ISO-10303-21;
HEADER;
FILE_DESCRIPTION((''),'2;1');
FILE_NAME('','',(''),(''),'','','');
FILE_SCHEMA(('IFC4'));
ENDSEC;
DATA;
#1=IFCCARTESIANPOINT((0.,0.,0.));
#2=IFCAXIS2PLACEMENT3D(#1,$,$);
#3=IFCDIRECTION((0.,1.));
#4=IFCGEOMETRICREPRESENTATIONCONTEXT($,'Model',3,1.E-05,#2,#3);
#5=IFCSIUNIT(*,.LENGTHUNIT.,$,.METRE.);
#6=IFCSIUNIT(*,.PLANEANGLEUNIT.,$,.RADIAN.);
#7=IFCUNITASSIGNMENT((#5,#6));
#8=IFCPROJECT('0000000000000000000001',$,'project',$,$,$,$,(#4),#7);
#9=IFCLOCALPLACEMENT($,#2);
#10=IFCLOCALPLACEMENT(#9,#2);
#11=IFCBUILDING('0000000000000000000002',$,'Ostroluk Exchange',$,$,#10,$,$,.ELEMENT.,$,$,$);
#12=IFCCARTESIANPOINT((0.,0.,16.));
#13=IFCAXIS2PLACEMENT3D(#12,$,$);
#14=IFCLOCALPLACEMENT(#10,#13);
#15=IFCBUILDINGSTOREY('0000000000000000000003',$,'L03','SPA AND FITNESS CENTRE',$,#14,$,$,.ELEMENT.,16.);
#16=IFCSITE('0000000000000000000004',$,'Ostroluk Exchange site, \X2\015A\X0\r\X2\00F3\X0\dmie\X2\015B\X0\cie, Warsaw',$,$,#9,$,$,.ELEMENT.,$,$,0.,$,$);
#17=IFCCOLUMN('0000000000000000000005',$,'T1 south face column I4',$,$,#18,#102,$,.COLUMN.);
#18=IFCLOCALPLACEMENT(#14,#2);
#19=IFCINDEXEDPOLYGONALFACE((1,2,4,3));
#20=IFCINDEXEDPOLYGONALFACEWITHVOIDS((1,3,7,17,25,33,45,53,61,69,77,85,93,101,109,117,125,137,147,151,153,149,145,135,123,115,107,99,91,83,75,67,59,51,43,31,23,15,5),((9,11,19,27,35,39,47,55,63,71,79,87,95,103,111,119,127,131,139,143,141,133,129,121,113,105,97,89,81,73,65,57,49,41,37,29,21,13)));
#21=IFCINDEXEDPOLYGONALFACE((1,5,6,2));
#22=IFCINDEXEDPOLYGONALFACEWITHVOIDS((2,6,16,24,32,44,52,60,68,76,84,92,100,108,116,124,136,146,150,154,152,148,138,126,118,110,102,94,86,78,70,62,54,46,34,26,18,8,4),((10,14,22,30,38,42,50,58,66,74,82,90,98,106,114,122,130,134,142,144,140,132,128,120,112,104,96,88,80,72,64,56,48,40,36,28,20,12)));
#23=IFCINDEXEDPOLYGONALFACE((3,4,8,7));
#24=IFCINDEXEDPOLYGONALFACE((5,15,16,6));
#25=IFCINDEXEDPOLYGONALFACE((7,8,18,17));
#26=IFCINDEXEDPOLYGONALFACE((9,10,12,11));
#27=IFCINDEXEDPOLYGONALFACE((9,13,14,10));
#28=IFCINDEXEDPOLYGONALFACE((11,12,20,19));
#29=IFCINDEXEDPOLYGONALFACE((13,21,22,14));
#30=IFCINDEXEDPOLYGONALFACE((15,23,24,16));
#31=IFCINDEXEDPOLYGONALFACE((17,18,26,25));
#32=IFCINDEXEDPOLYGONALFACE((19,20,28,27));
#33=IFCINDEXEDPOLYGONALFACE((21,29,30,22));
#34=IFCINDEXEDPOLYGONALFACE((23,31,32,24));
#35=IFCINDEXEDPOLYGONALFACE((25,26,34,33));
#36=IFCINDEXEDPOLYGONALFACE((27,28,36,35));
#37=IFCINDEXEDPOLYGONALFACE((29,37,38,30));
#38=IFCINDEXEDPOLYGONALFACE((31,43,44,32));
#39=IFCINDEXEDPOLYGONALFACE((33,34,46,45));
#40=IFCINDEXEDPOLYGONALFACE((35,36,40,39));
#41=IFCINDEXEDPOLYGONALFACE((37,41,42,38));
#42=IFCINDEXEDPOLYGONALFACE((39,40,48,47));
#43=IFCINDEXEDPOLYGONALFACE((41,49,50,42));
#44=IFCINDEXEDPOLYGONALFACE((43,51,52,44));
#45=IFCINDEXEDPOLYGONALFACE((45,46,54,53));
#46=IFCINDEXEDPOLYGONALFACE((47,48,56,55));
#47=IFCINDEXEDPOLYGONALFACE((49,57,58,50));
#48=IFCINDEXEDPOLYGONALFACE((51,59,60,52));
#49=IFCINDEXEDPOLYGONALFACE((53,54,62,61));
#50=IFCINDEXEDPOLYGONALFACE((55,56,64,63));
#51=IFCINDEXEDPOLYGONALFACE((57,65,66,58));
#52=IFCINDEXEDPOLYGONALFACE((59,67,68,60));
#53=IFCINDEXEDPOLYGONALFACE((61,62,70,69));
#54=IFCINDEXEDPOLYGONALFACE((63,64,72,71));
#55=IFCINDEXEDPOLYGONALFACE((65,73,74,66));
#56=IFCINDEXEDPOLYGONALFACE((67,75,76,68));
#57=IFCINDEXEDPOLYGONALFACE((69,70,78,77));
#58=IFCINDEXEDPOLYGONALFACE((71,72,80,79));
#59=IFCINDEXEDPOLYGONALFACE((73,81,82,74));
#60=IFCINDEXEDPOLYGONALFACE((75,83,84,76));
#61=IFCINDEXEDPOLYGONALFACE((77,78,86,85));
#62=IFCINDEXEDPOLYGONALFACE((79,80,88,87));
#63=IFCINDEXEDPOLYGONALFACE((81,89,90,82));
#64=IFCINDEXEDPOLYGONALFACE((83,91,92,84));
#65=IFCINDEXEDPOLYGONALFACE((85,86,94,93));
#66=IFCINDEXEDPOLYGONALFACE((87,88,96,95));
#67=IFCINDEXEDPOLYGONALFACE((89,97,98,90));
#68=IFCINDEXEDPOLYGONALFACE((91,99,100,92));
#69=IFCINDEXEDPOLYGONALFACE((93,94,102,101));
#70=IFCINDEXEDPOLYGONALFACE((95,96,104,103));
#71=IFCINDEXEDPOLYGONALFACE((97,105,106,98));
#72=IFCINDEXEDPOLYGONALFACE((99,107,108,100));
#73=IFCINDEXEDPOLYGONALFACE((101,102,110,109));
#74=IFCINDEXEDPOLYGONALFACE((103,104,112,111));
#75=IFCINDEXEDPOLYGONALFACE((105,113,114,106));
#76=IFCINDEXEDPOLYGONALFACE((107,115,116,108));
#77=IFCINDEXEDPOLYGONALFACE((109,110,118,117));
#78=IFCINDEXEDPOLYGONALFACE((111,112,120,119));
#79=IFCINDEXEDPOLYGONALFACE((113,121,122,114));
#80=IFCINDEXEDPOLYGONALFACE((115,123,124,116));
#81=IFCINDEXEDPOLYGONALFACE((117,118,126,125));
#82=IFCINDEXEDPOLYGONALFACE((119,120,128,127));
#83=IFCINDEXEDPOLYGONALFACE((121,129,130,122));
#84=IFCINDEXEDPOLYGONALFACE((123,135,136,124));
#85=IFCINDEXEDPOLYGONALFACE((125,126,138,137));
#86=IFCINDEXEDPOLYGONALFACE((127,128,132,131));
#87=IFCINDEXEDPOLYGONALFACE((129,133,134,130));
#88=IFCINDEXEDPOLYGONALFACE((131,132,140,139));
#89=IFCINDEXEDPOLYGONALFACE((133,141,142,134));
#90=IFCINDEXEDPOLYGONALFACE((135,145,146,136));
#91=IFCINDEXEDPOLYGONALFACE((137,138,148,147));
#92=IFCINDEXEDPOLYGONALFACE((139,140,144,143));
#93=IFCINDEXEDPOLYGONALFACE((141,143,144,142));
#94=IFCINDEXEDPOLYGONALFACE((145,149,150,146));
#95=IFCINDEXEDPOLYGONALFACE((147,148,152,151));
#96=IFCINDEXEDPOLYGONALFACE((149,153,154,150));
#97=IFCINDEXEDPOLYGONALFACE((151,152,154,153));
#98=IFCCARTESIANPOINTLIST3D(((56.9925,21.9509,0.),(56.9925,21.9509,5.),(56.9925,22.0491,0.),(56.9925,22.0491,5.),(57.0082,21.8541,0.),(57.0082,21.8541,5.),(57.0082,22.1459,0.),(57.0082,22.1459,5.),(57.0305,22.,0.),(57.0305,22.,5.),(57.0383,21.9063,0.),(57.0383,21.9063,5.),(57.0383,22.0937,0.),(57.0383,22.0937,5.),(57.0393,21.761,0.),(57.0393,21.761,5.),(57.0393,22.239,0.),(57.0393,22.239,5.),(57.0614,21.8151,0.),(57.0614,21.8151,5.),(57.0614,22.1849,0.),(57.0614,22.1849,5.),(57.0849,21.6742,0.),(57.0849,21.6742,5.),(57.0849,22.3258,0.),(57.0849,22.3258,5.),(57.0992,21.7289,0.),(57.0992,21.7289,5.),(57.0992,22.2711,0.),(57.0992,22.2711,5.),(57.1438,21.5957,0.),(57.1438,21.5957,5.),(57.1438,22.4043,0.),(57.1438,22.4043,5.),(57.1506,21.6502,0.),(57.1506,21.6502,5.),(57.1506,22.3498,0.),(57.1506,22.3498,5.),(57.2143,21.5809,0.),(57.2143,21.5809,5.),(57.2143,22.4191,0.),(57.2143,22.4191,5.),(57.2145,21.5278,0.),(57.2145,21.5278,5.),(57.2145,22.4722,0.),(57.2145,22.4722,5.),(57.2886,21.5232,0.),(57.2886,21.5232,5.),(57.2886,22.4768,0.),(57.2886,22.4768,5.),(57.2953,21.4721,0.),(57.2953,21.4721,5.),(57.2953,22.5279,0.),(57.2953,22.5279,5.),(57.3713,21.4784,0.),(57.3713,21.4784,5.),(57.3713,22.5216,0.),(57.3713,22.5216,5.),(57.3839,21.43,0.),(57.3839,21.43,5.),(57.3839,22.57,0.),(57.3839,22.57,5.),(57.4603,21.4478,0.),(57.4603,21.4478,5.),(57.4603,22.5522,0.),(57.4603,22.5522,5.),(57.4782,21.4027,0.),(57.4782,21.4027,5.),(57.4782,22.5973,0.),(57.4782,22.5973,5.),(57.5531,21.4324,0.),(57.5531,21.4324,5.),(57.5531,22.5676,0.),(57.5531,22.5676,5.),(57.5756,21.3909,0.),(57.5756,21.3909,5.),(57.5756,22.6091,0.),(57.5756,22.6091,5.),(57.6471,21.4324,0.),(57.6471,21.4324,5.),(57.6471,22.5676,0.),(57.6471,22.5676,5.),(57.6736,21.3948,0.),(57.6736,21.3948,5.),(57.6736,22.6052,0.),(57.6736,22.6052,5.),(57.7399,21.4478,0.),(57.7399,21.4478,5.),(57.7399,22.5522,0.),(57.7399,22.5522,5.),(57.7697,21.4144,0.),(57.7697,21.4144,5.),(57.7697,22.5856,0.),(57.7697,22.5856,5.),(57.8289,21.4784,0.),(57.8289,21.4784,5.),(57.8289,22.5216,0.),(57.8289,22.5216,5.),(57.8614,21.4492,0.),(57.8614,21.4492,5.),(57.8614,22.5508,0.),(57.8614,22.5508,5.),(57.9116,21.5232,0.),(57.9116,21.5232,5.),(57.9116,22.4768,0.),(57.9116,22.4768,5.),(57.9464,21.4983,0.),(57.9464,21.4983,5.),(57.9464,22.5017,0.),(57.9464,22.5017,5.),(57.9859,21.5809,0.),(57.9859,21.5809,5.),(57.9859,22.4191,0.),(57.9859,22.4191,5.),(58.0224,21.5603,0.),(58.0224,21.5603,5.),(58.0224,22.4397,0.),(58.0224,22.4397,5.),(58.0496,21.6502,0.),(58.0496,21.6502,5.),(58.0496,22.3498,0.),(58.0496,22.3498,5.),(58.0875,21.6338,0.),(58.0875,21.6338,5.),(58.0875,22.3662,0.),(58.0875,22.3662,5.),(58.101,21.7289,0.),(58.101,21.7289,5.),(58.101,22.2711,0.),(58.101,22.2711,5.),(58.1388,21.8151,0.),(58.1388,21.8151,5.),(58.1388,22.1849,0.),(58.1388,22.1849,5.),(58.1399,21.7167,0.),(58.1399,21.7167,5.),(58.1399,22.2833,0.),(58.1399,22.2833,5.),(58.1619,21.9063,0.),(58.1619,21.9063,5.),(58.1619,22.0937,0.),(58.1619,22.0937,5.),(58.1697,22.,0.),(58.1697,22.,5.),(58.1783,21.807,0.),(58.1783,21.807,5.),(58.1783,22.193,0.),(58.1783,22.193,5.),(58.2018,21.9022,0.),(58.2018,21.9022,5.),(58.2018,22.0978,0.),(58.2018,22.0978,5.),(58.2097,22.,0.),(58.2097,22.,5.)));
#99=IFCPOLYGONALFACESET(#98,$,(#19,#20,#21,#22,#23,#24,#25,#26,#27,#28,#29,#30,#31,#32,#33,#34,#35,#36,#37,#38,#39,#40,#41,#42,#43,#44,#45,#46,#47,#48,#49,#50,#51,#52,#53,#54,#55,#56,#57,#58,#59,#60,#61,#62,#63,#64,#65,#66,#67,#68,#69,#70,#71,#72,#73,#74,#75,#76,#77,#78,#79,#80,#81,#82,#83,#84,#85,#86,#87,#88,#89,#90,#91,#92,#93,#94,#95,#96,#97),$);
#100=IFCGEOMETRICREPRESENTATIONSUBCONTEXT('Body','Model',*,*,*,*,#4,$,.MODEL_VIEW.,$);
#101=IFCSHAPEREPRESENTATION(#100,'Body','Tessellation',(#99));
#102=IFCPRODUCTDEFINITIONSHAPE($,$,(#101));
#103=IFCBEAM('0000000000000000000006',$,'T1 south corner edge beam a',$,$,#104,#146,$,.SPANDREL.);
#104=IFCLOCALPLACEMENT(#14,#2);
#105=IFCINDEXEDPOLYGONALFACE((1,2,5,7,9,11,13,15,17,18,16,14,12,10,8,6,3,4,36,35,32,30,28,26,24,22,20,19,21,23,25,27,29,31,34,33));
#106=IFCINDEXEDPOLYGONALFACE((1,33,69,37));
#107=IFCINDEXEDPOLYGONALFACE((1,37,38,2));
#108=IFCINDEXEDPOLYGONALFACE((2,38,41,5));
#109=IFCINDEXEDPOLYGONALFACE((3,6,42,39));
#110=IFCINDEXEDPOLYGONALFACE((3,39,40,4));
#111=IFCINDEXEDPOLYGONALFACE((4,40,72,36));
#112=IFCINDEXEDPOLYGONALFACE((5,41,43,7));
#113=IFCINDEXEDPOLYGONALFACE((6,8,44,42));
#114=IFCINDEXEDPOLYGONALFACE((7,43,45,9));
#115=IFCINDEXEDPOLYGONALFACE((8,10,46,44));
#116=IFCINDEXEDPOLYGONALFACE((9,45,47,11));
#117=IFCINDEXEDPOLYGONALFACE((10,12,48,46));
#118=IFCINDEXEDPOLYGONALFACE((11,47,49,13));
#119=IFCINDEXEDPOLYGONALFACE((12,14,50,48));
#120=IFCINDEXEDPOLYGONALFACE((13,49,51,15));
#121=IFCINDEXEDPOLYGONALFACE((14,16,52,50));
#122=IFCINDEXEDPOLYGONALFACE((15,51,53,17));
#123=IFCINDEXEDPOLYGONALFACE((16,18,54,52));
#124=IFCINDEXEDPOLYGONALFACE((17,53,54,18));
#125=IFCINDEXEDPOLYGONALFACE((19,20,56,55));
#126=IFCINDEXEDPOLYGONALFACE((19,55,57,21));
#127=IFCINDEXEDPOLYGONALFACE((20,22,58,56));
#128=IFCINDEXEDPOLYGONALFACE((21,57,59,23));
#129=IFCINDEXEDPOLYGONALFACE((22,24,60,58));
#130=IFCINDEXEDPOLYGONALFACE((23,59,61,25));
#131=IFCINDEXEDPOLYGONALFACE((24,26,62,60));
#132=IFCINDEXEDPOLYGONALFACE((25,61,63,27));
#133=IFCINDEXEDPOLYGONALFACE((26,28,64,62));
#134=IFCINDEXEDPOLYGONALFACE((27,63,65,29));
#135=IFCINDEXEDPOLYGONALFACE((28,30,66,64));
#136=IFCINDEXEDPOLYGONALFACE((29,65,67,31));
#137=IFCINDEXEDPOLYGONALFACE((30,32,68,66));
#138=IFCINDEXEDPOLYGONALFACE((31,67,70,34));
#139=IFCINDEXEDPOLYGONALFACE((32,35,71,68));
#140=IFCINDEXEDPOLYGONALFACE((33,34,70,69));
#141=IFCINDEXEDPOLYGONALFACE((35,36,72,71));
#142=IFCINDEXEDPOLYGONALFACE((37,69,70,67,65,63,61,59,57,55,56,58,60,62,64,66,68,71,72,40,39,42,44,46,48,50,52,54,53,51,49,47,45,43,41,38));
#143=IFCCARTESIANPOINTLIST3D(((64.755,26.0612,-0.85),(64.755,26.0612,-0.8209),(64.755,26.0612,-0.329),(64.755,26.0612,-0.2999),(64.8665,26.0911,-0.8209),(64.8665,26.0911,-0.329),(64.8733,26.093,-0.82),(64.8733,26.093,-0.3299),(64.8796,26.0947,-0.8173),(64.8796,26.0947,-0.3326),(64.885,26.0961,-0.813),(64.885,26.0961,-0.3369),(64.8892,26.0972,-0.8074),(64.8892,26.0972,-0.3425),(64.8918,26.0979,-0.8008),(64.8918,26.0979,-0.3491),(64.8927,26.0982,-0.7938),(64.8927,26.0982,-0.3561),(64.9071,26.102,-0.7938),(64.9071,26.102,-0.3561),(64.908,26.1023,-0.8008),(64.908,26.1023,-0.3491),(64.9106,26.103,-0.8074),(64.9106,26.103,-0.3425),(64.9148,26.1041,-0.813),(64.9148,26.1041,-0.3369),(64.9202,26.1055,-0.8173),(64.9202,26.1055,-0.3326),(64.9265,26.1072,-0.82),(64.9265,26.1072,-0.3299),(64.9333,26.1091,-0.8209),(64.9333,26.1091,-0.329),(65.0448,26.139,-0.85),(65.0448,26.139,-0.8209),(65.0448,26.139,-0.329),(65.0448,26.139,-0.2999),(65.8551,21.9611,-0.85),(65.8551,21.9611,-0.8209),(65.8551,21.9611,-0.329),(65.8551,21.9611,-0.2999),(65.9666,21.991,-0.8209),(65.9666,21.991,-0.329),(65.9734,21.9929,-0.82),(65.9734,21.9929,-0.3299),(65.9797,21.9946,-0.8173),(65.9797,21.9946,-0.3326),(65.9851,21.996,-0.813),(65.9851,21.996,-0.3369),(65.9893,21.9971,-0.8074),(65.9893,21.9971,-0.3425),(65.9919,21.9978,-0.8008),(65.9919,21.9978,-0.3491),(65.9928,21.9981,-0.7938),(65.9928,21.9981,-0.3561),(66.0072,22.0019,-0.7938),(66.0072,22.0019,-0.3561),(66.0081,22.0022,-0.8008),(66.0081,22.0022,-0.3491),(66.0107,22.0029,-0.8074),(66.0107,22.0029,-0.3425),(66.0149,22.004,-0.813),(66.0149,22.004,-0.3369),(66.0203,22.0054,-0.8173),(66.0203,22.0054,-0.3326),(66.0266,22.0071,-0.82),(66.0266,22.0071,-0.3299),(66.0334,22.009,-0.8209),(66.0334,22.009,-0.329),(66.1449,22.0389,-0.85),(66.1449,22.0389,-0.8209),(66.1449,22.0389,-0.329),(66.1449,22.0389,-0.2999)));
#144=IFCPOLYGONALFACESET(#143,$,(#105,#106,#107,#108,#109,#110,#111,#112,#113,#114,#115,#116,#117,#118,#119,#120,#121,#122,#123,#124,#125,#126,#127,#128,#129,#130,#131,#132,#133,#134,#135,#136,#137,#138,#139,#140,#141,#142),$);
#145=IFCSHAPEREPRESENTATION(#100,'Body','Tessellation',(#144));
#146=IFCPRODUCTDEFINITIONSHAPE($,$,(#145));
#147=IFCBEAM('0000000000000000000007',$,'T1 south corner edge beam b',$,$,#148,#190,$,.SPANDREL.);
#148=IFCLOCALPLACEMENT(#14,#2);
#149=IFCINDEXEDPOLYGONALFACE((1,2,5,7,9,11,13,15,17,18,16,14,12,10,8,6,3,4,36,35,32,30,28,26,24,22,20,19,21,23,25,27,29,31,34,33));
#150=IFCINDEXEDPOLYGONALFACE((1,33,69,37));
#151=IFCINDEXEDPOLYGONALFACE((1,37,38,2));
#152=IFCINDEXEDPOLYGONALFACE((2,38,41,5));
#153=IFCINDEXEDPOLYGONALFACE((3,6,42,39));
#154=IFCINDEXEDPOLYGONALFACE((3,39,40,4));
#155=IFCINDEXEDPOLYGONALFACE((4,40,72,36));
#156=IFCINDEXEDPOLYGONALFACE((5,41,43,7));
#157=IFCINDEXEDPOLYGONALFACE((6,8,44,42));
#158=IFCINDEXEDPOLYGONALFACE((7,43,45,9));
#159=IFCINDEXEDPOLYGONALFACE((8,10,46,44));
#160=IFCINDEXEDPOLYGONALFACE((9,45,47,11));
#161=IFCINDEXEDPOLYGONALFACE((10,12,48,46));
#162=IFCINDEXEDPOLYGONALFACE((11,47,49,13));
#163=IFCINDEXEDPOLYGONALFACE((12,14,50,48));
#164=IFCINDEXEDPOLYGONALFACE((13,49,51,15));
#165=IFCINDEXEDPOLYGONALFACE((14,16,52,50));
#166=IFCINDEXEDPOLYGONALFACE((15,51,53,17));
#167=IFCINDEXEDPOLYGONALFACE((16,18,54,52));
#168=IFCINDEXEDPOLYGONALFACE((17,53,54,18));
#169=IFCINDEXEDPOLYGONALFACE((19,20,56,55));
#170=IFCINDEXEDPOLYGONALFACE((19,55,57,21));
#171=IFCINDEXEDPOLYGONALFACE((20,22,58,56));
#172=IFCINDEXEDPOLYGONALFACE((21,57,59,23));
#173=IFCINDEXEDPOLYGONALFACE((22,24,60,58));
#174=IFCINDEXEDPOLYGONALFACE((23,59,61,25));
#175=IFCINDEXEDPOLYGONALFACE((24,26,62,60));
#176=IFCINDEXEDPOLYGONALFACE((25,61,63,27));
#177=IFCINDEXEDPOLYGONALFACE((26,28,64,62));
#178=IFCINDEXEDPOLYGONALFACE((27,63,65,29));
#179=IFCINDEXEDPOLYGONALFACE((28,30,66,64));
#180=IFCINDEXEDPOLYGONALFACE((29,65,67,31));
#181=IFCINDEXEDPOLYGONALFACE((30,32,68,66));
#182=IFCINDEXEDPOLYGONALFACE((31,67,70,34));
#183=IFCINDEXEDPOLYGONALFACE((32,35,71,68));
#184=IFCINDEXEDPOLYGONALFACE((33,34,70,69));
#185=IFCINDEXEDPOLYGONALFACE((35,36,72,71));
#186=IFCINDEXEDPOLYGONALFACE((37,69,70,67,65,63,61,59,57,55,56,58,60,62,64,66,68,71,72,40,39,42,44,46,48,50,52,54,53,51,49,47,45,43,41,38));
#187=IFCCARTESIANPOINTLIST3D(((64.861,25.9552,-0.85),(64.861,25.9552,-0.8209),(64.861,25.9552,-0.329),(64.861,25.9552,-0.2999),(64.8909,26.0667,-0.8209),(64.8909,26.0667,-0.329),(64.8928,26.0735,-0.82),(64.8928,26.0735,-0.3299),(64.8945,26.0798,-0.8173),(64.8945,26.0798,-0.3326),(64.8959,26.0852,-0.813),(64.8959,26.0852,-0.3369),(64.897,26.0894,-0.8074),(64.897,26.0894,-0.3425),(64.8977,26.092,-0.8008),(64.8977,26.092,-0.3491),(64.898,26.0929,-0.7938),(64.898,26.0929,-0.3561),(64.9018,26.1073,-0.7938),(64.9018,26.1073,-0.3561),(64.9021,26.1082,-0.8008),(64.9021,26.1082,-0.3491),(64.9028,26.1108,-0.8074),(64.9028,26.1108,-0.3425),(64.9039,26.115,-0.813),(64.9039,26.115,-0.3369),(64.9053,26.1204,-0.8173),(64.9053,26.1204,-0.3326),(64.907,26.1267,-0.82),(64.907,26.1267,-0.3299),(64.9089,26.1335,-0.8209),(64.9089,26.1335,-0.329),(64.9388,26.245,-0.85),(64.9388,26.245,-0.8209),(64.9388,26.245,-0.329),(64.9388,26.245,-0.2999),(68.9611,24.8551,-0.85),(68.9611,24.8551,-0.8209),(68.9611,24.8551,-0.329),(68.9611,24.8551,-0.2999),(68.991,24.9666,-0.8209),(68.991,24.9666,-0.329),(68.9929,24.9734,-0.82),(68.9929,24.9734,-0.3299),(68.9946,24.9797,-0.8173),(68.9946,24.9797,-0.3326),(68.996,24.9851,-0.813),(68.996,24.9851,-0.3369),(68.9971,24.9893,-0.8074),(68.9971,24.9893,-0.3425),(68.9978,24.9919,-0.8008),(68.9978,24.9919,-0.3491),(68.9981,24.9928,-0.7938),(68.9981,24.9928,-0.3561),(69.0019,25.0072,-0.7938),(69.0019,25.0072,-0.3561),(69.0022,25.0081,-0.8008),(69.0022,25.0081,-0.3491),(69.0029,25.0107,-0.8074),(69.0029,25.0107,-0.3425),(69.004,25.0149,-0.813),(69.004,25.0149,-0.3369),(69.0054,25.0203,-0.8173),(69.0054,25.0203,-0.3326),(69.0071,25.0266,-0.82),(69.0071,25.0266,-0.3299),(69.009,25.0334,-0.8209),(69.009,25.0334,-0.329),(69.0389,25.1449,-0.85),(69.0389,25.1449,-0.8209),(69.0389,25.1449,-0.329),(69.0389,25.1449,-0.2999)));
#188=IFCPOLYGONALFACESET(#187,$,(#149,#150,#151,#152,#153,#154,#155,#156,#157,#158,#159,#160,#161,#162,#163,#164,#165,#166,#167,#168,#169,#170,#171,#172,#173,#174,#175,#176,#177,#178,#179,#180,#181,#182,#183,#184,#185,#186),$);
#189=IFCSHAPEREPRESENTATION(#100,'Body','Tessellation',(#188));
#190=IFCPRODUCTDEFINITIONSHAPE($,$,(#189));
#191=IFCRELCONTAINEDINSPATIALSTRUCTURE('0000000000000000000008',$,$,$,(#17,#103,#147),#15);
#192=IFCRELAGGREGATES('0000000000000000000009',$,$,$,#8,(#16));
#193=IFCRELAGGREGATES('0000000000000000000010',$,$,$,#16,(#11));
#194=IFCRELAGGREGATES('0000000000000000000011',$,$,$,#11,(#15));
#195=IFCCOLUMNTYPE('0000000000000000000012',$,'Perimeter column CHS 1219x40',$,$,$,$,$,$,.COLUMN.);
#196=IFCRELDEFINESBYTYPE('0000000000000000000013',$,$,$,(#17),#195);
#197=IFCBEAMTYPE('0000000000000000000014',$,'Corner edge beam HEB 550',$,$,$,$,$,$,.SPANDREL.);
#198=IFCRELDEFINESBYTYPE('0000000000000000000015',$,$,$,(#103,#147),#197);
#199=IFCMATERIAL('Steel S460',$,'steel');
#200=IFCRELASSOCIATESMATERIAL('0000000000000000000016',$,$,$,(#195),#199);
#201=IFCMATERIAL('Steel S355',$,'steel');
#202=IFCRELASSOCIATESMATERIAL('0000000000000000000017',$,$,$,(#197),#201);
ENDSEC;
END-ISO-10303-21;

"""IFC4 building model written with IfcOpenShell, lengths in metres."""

from ifc_helpers import new_model, si_unit, direction, frame, origin, origin_2d, place, context, subcontext, project, spatial, hollow_circle, i_section, extrude, material, material_profile, profile_set, type_object, element, save


model = new_model("IFC4")

# Units and contexts
model_context = context("Model", 3, precision=1e-05, world=origin(), true_north=direction((0.0, 1.0)))
body_context = subcontext(model_context, "Body", "Model", "MODEL_VIEW")
ifc_project = project(units=[si_unit("LENGTHUNIT", "METRE"), si_unit("PLANEANGLEUNIT", "RADIAN")], contexts=[model_context])

# Site, building, storey
site_placement = place(None, origin())
site = spatial("IfcSite", under=ifc_project, at=site_placement, Name="Ostroluk Exchange site, Śródmieście, Warsaw", CompositionType="ELEMENT", RefElevation=0.0)
building_placement = place(site_placement, origin())
building = spatial("IfcBuilding", under=site, at=building_placement, Name="Ostroluk Exchange", CompositionType="ELEMENT")
storey_placement = place(building_placement, frame((0.0, 0.0, 16.0)))
storey = spatial("IfcBuildingStorey", under=building, at=storey_placement, Name="L03", Description="SPA AND FITNESS CENTRE", CompositionType="ELEMENT", Elevation=16.0)

# Column
ifc_material_1 = material(Name="Steel S460", Category="steel")
ifc_material_profile_1 = material_profile(ifc_material_1, hollow_circle(Radius=0.6096, WallThickness=0.04, at=origin_2d()), Name="CHS 1219x40")
ifc_profile_set_1 = profile_set([ifc_material_profile_1], Name="Steel S460")
column_type_1 = type_object("IfcColumnType", Name="Perimeter column CHS 1219x40", PredefinedType="COLUMN", material=ifc_profile_set_1)
for number, where, z_axis, x_axis, name in (
    (1, (57.6001, 22.0, 0.0), (0.0, 0.0, 1.0), (1.0, 0.0, 0.0), "T1 south face column I4"),
):
    element("IfcColumn", number, at=place(storey_placement, frame(where, z_axis=z_axis, x_axis=x_axis)), inside=storey, type_object=column_type_1, Name=name, PredefinedType="COLUMN", context=body_context, shape_type="SweptSolid", body=[
        extrude(hollow_circle(Radius=0.6096, WallThickness=0.04, at=origin_2d()), origin(), (0.0, 0.0, 1.0), 5.0),
    ])

# Beams
ifc_material_2 = material(Name="Steel S355", Category="steel")
ifc_material_profile_2 = material_profile(ifc_material_2, i_section(OverallWidth=0.3, OverallDepth=0.55, WebThickness=0.0149, FlangeThickness=0.0291, FilletRadius=0.0271, at=origin_2d()), Name="HEB 550")
ifc_profile_set_2 = profile_set([ifc_material_profile_2], Name="Steel S355")
beam_type_1 = type_object("IfcBeamType", Name="Corner edge beam HEB 550", PredefinedType="SPANDREL", material=ifc_profile_set_2)
for number, where, z_axis, x_axis, name in (
    (2, (64.8999, 26.1001, -0.575), (0.259144, -0.965839, 0.0), (0.965839, 0.259144, 0.0), "T1 south corner edge beam a"),
    (3, (64.8999, 26.1001, -0.575), (0.965839, -0.259144, 0.0), (0.259144, 0.965839, 0.0), "T1 south corner edge beam b"),
):
    element("IfcBeam", number, at=place(storey_placement, frame(where, z_axis=z_axis, x_axis=x_axis)), inside=storey, type_object=beam_type_1, Name=name, PredefinedType="SPANDREL", context=body_context, shape_type="SweptSolid", body=[
        extrude(i_section(OverallWidth=0.3, OverallDepth=0.55, WebThickness=0.0149, FlangeThickness=0.0291, FilletRadius=0.0271, at=origin_2d()), origin(), (0.0, 0.0, 1.0), 4.2451),
    ])

save(model, "model.ifc")
